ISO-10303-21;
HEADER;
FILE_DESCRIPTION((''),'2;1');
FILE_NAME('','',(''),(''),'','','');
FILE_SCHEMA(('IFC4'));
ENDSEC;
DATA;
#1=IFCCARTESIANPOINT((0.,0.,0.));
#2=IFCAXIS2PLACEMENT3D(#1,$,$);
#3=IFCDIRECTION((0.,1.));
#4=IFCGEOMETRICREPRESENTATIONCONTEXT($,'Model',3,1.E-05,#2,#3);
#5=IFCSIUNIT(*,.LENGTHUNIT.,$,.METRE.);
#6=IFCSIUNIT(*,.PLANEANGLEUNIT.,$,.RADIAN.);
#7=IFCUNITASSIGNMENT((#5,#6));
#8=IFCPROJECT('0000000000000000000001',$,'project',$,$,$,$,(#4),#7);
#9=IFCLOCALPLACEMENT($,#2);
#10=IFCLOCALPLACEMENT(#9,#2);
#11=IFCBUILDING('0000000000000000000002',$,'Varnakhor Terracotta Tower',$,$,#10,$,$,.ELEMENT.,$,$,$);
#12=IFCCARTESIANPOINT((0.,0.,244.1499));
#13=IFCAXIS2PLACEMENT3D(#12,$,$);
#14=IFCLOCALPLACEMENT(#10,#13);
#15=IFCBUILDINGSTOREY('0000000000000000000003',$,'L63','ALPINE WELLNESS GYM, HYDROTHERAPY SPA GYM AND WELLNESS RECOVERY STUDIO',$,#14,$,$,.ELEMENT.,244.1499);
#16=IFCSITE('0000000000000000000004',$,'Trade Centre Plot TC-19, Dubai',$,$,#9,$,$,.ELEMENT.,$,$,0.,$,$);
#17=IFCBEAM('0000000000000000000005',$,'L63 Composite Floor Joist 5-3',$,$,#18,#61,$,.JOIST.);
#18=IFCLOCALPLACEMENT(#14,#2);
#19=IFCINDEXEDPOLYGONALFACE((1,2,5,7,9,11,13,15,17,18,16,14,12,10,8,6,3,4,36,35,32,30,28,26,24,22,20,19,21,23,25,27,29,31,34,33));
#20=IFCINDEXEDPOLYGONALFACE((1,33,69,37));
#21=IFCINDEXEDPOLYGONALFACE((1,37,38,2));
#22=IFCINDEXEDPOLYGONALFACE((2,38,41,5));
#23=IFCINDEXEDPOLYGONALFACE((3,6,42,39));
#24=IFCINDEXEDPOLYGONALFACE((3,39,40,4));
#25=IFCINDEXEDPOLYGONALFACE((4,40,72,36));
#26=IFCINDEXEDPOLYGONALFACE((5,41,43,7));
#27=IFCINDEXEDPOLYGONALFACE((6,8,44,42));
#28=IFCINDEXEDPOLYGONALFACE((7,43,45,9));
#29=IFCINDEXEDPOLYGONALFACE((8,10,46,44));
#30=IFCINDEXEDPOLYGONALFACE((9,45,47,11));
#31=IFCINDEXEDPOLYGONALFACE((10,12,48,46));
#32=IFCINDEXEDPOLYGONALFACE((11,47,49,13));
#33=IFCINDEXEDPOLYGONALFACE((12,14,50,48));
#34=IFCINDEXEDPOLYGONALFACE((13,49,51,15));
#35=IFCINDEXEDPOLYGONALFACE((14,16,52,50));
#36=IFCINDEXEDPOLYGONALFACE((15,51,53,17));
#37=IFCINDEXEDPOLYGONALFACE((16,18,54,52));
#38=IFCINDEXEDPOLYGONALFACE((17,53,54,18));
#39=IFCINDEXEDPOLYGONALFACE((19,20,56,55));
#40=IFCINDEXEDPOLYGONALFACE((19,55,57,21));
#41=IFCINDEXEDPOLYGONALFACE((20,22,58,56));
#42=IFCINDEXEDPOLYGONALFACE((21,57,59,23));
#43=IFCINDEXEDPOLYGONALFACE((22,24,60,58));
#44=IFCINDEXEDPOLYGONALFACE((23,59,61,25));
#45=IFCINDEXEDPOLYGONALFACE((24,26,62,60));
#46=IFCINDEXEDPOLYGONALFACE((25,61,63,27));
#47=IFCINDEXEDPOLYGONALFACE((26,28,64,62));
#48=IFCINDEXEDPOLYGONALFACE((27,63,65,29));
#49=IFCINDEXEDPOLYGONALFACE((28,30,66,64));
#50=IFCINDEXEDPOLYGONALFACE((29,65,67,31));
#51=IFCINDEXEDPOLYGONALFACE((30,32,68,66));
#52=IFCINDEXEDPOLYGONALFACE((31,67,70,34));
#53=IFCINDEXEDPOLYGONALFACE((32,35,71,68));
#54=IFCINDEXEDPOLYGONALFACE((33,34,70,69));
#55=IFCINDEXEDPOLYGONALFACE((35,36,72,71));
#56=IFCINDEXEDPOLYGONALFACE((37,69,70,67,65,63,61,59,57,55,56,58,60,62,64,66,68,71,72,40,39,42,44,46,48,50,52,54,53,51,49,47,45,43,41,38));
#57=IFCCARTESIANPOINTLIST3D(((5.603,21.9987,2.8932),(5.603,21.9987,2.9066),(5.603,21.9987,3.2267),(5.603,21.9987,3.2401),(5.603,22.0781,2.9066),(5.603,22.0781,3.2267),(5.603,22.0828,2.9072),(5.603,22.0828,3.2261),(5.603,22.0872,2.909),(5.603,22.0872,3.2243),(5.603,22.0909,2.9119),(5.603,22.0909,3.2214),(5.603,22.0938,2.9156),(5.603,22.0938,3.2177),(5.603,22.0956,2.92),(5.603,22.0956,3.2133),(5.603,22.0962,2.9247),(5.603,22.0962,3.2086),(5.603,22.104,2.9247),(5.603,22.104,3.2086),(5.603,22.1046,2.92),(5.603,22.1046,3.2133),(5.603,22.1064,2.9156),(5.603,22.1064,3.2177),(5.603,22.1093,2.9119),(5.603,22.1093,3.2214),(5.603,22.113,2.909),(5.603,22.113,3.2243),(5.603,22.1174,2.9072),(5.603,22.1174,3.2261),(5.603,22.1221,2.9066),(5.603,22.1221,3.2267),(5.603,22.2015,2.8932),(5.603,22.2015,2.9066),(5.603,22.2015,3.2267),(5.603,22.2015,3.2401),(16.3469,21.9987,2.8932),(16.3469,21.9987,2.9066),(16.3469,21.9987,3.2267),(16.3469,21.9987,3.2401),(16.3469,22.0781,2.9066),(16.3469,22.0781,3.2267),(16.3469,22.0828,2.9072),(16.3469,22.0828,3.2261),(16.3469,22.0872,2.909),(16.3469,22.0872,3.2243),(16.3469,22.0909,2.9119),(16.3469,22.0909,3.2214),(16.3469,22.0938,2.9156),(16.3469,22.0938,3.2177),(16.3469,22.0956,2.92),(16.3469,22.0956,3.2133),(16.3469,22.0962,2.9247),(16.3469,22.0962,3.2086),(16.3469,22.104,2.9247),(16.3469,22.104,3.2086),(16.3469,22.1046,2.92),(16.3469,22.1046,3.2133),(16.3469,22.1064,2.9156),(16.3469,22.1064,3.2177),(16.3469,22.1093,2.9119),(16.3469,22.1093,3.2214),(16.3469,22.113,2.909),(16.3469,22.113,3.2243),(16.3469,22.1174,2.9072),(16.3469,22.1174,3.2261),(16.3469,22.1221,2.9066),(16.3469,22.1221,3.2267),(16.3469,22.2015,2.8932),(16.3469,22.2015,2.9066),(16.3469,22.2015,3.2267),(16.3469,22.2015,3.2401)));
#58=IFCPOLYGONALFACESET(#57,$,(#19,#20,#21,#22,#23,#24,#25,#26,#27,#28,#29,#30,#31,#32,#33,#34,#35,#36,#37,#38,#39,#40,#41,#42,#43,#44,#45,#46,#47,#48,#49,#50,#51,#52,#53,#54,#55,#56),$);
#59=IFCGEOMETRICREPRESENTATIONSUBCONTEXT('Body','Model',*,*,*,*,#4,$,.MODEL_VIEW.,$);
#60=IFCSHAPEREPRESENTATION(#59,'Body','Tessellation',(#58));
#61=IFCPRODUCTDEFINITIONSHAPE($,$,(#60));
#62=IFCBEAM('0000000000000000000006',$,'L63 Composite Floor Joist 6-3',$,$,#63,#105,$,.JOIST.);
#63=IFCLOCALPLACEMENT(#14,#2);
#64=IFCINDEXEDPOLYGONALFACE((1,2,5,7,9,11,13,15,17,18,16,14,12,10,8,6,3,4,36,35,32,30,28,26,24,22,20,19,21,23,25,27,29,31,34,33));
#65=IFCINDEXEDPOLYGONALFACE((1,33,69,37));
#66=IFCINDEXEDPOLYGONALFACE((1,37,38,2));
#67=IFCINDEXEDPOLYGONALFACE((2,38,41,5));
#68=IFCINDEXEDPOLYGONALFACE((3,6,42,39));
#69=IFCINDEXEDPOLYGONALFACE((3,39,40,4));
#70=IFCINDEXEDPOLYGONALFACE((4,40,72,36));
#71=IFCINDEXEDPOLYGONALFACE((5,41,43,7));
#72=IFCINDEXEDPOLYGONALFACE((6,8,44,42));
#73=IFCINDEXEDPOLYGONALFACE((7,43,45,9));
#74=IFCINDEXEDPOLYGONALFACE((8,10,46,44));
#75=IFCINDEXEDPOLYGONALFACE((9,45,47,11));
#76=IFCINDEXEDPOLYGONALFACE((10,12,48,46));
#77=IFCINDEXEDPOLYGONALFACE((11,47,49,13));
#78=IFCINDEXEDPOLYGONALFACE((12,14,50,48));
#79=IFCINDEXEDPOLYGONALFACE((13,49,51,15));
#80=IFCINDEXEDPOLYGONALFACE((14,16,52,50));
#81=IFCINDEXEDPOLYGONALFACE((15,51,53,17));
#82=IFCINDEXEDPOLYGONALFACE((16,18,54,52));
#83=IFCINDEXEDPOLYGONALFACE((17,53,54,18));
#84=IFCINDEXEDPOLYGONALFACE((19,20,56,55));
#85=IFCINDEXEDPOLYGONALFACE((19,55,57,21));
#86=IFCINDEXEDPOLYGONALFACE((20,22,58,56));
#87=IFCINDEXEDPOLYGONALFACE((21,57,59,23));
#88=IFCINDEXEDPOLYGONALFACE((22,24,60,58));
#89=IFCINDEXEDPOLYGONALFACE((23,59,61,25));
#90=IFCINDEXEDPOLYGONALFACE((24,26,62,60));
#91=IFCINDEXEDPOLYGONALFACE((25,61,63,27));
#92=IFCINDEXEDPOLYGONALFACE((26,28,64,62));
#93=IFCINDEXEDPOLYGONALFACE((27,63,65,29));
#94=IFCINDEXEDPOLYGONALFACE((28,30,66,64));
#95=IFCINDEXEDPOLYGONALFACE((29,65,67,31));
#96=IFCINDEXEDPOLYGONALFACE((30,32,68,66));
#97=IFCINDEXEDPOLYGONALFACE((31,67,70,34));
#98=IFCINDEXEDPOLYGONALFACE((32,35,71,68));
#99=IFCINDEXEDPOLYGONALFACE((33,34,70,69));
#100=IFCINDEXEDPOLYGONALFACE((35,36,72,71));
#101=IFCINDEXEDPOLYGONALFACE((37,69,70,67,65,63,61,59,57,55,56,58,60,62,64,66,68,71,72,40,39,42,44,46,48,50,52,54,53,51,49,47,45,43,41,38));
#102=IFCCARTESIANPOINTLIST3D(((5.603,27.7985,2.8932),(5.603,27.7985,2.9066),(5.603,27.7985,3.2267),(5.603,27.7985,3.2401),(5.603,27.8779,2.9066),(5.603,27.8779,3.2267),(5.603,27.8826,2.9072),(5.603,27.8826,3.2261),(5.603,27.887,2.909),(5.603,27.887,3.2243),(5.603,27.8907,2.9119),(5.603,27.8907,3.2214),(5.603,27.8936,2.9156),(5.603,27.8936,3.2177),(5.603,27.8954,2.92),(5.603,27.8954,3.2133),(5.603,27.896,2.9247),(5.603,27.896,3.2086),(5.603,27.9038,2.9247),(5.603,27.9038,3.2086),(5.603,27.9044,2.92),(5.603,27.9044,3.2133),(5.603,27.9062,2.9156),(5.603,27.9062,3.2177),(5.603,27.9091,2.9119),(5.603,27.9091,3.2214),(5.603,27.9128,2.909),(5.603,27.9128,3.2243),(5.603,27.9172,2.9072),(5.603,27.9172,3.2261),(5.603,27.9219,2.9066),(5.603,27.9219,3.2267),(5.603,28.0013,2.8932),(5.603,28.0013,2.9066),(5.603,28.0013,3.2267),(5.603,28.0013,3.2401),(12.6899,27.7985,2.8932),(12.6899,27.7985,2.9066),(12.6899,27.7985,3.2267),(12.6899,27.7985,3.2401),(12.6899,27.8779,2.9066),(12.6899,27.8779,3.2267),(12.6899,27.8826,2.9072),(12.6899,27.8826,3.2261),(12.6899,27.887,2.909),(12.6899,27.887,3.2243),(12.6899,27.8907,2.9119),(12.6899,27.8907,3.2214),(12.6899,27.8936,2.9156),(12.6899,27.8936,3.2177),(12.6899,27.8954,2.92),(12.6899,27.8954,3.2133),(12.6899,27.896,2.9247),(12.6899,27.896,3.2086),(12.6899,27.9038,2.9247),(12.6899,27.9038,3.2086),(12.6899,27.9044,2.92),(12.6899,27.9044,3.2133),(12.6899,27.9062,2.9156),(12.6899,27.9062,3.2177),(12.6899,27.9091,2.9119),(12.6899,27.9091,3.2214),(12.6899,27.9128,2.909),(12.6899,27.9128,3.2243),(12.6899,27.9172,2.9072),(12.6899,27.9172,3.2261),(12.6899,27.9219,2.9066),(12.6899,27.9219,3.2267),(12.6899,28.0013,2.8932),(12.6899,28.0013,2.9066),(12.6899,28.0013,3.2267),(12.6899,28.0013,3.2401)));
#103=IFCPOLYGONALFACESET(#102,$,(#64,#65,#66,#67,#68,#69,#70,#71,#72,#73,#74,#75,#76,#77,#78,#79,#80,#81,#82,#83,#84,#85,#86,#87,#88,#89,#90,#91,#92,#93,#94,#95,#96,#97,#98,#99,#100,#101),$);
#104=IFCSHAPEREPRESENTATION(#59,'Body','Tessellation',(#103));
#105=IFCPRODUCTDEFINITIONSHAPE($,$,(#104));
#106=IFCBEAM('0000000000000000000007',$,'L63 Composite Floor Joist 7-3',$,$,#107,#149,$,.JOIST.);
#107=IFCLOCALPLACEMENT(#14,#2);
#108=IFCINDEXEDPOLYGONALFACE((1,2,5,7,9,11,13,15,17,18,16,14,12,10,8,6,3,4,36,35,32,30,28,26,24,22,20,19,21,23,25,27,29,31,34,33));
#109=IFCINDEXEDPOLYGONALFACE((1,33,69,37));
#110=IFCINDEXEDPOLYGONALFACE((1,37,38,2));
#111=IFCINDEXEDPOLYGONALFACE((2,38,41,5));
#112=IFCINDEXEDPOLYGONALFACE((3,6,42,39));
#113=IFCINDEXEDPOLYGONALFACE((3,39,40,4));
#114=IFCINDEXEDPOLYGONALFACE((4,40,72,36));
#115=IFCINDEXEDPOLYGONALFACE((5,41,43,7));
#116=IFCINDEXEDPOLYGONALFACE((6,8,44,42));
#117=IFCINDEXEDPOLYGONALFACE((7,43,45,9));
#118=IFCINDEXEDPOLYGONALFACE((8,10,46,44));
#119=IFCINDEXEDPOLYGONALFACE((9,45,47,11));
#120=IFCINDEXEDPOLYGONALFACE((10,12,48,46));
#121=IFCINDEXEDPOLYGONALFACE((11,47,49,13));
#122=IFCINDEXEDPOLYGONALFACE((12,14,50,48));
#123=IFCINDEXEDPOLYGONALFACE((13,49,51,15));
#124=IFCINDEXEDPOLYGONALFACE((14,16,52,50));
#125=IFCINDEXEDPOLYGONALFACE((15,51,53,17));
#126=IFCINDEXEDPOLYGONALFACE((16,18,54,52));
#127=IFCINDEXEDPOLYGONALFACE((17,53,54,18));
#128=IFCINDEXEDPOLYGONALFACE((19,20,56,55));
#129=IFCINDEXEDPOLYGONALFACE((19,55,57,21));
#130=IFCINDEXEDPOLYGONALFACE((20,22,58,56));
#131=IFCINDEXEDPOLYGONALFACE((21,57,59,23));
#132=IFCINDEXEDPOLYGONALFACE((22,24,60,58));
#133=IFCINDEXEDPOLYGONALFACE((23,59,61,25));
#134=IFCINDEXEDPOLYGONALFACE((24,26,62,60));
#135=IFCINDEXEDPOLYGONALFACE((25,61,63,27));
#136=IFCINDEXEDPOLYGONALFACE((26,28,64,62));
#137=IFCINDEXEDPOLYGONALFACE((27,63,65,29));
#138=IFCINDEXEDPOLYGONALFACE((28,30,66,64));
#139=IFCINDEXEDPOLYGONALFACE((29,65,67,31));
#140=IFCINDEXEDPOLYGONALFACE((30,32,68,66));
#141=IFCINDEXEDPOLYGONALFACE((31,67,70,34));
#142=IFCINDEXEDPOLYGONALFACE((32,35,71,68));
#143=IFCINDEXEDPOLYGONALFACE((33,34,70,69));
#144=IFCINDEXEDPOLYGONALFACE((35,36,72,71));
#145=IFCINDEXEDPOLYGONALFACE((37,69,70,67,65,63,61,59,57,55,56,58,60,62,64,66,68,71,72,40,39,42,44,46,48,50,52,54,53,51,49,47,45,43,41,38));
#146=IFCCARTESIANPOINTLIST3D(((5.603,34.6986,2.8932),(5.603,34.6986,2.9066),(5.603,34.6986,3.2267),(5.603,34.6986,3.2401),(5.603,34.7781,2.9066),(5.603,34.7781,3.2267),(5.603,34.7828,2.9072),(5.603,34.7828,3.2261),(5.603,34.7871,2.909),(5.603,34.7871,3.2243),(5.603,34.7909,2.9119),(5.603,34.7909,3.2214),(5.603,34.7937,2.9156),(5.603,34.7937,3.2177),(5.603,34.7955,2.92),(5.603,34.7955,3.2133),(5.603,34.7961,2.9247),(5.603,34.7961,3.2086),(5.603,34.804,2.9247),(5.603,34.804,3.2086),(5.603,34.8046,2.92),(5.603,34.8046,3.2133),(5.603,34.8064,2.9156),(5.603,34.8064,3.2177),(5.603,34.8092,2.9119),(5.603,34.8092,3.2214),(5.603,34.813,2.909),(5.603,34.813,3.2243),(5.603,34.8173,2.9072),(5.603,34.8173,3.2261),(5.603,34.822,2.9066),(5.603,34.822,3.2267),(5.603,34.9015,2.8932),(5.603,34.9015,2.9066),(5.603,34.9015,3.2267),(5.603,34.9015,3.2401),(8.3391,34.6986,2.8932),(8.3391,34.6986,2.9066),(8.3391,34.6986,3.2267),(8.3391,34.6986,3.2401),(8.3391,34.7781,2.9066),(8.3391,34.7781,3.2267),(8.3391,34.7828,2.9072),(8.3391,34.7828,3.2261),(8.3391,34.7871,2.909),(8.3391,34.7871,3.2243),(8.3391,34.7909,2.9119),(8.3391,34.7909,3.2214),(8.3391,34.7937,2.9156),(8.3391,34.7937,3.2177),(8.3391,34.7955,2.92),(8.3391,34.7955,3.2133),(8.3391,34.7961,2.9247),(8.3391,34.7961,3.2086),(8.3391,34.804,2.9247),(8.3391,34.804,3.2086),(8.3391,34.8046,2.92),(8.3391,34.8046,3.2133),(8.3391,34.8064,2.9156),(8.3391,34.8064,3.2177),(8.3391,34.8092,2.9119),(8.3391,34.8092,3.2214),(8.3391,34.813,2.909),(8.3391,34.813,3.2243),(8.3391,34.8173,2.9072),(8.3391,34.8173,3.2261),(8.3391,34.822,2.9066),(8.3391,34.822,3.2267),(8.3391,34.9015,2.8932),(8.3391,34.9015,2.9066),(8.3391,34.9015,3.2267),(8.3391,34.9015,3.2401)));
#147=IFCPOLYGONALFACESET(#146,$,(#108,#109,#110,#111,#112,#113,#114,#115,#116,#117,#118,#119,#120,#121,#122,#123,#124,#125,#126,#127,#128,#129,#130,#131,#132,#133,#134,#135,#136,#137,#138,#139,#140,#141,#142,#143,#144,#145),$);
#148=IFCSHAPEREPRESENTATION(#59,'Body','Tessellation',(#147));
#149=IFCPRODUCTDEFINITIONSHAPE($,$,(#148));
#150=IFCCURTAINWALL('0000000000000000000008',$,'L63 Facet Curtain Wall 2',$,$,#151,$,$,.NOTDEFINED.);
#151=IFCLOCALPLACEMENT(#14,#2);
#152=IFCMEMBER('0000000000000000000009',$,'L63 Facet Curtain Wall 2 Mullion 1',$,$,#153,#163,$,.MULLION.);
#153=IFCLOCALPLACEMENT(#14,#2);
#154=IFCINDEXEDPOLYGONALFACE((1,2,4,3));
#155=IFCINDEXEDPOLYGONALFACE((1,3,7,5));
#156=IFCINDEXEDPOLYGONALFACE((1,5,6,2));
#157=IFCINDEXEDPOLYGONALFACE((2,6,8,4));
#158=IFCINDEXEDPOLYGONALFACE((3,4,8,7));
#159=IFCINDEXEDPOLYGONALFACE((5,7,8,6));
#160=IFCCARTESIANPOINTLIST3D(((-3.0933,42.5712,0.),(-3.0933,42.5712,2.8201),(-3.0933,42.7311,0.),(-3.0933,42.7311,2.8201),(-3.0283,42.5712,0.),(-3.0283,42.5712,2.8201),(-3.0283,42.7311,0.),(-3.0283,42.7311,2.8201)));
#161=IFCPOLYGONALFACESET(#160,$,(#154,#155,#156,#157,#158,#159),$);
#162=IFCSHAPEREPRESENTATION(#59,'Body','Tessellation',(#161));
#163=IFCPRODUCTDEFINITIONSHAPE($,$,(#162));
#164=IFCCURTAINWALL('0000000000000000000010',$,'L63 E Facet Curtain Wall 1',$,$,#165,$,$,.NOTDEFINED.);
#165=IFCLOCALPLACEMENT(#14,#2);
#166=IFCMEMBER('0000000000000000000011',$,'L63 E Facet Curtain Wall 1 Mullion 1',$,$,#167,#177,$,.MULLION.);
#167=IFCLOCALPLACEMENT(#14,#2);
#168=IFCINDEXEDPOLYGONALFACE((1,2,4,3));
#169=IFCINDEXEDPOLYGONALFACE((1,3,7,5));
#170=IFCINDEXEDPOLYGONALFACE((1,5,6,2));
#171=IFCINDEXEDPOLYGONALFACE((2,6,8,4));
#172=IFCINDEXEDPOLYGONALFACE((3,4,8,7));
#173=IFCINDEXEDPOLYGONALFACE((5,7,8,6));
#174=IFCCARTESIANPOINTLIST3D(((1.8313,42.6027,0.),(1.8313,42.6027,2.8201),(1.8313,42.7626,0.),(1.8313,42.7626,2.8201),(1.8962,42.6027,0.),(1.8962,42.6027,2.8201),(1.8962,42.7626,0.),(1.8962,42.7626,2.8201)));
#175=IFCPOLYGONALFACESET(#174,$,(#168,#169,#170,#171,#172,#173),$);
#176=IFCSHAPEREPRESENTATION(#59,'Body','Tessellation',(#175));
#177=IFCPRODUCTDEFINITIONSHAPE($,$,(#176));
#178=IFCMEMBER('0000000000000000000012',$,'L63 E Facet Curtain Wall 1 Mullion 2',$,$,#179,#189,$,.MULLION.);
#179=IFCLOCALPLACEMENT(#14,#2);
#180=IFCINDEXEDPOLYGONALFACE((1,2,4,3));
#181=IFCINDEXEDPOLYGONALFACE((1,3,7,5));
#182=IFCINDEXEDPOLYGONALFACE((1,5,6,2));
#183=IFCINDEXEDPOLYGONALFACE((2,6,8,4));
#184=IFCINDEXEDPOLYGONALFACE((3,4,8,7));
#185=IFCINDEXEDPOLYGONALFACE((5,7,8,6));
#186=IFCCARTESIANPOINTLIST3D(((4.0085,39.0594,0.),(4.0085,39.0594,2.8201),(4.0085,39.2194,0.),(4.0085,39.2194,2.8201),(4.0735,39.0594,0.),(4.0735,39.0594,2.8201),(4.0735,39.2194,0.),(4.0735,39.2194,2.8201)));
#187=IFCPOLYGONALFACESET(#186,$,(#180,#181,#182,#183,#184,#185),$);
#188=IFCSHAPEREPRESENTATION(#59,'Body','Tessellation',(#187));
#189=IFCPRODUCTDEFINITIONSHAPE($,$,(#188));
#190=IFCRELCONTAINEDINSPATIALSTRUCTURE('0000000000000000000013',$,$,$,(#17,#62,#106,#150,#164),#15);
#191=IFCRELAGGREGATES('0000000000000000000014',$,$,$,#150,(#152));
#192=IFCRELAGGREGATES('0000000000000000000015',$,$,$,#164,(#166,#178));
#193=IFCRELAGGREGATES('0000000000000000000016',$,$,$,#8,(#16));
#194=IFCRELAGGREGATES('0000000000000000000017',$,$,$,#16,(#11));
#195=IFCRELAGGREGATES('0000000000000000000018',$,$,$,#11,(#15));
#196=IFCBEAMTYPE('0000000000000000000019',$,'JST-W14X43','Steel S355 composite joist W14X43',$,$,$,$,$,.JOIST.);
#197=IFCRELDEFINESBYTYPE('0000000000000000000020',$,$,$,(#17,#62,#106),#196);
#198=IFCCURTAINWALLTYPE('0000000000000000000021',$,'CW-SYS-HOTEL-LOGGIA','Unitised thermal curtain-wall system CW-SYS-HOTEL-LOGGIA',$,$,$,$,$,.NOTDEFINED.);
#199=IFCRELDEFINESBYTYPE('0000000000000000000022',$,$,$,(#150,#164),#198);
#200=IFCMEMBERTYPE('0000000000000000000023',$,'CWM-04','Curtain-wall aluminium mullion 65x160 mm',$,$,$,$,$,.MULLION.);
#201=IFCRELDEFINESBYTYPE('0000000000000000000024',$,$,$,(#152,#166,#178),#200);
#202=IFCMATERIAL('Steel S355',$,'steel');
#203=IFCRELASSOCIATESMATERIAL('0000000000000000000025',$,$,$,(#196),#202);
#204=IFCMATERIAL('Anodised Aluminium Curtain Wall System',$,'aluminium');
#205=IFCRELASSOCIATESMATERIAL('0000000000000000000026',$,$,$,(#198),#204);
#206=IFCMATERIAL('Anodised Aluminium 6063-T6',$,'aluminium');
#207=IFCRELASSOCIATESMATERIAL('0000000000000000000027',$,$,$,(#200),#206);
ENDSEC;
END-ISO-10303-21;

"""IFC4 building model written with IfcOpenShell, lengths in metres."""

from ifc_helpers import new_model, si_unit, direction, frame, origin, origin_2d, place, context, subcontext, project, spatial, rectangle, i_section, extrude, source, transform, mapped, material, material_profile, profile_set, type_object, type_shapes, element, aggregate, save


model = new_model("IFC4")

# Units and contexts
model_context = context("Model", 3, precision=1e-05, world=origin(), true_north=direction((0.0, 1.0)))
body_context = subcontext(model_context, "Body", "Model", "MODEL_VIEW")
ifc_project = project(units=[si_unit("LENGTHUNIT", "METRE"), si_unit("PLANEANGLEUNIT", "RADIAN")], contexts=[model_context])

# Site, building, storey
site_placement = place(None, origin())
site = spatial("IfcSite", under=ifc_project, at=site_placement, Name="Trade Centre Plot TC-19, Dubai", CompositionType="ELEMENT", RefElevation=0.0)
building_placement = place(site_placement, origin())
building = spatial("IfcBuilding", under=site, at=building_placement, Name="Varnakhor Terracotta Tower", CompositionType="ELEMENT")
storey_placement = place(building_placement, frame((0.0, 0.0, 244.1499)))
storey = spatial("IfcBuildingStorey", under=building, at=storey_placement, Name="L63", Description="ALPINE WELLNESS GYM, HYDROTHERAPY SPA GYM AND WELLNESS RECOVERY STUDIO", CompositionType="ELEMENT", Elevation=244.1499)

# Beams
ifc_material_1 = material(Name="Steel S355", Category="steel")
ifc_material_profile_1 = material_profile(ifc_material_1, i_section(OverallWidth=0.2029, OverallDepth=0.3469, WebThickness=0.0078, FlangeThickness=0.0134, FilletRadius=0.0181, at=origin_2d()), Name="W14X43")
ifc_profile_set_1 = profile_set([ifc_material_profile_1], Name="Steel S355")
beam_type_1 = type_object("IfcBeamType", Name="JST-W14X43", Description="Steel S355 composite joist W14X43", PredefinedType="JOIST", material=ifc_profile_set_1)
shared_shape_1 = source(origin(), body_context, "Body", "SweptSolid", [
    extrude(i_section(OverallWidth=0.2029, OverallDepth=0.3469, WebThickness=0.0078, FlangeThickness=0.0134, FilletRadius=0.0181, at=origin_2d()), origin(), (0.0, 0.0, 1.0), 10.7439),
])
beam_1_placement = place(storey_placement, frame((5.603, 22.1001, 3.0667), z_axis=(1.0, 0.0, 0.0), x_axis=(0.0, 1.0, 0.0)))
element("IfcBeam", 1, at=beam_1_placement, inside=storey, type_object=beam_type_1, Name="L63 Composite Floor Joist 5-3", PredefinedType="JOIST", context=body_context, shape_type="MappedRepresentation", body=[
    mapped(shared_shape_1, transform((0.0, 0.0, 0.0), scale=1.0)),
])
shared_shape_2 = source(origin(), body_context, "Body", "SweptSolid", [
    extrude(i_section(OverallWidth=0.2029, OverallDepth=0.3469, WebThickness=0.0078, FlangeThickness=0.0134, FilletRadius=0.0181, at=origin_2d()), origin(), (0.0, 0.0, 1.0), 7.0869),
])
beam_2_placement = place(storey_placement, frame((5.603, 27.8999, 3.0667), z_axis=(1.0, 0.0, 0.0), x_axis=(0.0, 1.0, 0.0)))
element("IfcBeam", 2, at=beam_2_placement, inside=storey, type_object=beam_type_1, Name="L63 Composite Floor Joist 6-3", PredefinedType="JOIST", context=body_context, shape_type="MappedRepresentation", body=[
    mapped(shared_shape_2, transform((0.0, 0.0, 0.0), scale=1.0)),
])
shared_shape_3 = source(origin(), body_context, "Body", "SweptSolid", [
    extrude(i_section(OverallWidth=0.2029, OverallDepth=0.3469, WebThickness=0.0078, FlangeThickness=0.0134, FilletRadius=0.0181, at=origin_2d()), origin(), (0.0, 0.0, 1.0), 2.7361),
])
beam_3_placement = place(storey_placement, frame((5.603, 34.8, 3.0667), z_axis=(1.0, 0.0, 0.0), x_axis=(0.0, 1.0, 0.0)))
element("IfcBeam", 3, at=beam_3_placement, inside=storey, type_object=beam_type_1, Name="L63 Composite Floor Joist 7-3", PredefinedType="JOIST", context=body_context, shape_type="MappedRepresentation", body=[
    mapped(shared_shape_3, transform((0.0, 0.0, 0.0), scale=1.0)),
])

# Curtain wall, member
ifc_material_2 = material(Name="Anodised Aluminium Curtain Wall System", Category="aluminium")
curtain_wall_type = type_object("IfcCurtainWallType", Name="CW-SYS-HOTEL-LOGGIA", Description="Unitised thermal curtain-wall system CW-SYS-HOTEL-LOGGIA", PredefinedType="NOTDEFINED", material=ifc_material_2)
curtain_wall_1_placement = place(storey_placement, origin())
curtain_wall_1 = element("IfcCurtainWall", 4, at=curtain_wall_1_placement, inside=storey, type_object=curtain_wall_type, Name="L63 Facet Curtain Wall 2", PredefinedType="NOTDEFINED")
ifc_material_3 = material(Name="Anodised Aluminium 6063-T6", Category="aluminium")
ifc_material_profile_2 = material_profile(ifc_material_3, rectangle(XDim=0.0649, YDim=0.1599, at=origin_2d()), Name="ALU MULLION 65x160")
ifc_profile_set_2 = profile_set([ifc_material_profile_2], Name="Anodised Aluminium 6063-T6")
member_type_1 = type_object("IfcMemberType", Name="CWM-04", Description="Curtain-wall aluminium mullion 65x160 mm", PredefinedType="MULLION", material=ifc_profile_set_2)
shared_shape_4 = source(origin(), body_context, "Body", "SweptSolid", [
    extrude(rectangle(XDim=0.0649, YDim=0.1599, at=origin_2d()), origin(), (0.0, 0.0, 1.0), 2.8201),
])
type_shapes(member_type_1, [shared_shape_4])
member_1_placement = place(storey_placement, frame((-3.0608, 42.6511, 0.0), z_axis=(0.0, 0.0, 1.0), x_axis=(1.0, 0.0, 0.0)))
member_1 = element("IfcMember", 5, at=member_1_placement, type_object=member_type_1, Name="L63 Facet Curtain Wall 2 Mullion 1", PredefinedType="MULLION", context=body_context, shape_type="MappedRepresentation", body=[
    mapped(shared_shape_4, transform((0.0, 0.0, 0.0), scale=1.0)),
])

# Curtain wall, members
curtain_wall_2_placement = place(storey_placement, origin())
curtain_wall_2 = element("IfcCurtainWall", 6, at=curtain_wall_2_placement, inside=storey, type_object=curtain_wall_type, Name="L63 E Facet Curtain Wall 1", PredefinedType="NOTDEFINED")
member_2_placement = place(storey_placement, frame((1.8638, 42.6826, 0.0), z_axis=(0.0, 0.0, 1.0), x_axis=(1.0, 0.0, 0.0)))
member_2 = element("IfcMember", 7, at=member_2_placement, type_object=member_type_1, Name="L63 E Facet Curtain Wall 1 Mullion 1", PredefinedType="MULLION", context=body_context, shape_type="MappedRepresentation", body=[
    mapped(shared_shape_4, transform((0.0, 0.0, 0.0), scale=1.0)),
])
member_3_placement = place(storey_placement, frame((4.041, 39.1394, 0.0), z_axis=(0.0, 0.0, 1.0), x_axis=(1.0, 0.0, 0.0)))
member_3 = element("IfcMember", 8, at=member_3_placement, type_object=member_type_1, Name="L63 E Facet Curtain Wall 1 Mullion 2", PredefinedType="MULLION", context=body_context, shape_type="MappedRepresentation", body=[
    mapped(shared_shape_4, transform((0.0, 0.0, 0.0), scale=1.0)),
])

aggregate(curtain_wall_1, [member_1])
aggregate(curtain_wall_2, [member_2, member_3])

save(model, "model.ifc")
